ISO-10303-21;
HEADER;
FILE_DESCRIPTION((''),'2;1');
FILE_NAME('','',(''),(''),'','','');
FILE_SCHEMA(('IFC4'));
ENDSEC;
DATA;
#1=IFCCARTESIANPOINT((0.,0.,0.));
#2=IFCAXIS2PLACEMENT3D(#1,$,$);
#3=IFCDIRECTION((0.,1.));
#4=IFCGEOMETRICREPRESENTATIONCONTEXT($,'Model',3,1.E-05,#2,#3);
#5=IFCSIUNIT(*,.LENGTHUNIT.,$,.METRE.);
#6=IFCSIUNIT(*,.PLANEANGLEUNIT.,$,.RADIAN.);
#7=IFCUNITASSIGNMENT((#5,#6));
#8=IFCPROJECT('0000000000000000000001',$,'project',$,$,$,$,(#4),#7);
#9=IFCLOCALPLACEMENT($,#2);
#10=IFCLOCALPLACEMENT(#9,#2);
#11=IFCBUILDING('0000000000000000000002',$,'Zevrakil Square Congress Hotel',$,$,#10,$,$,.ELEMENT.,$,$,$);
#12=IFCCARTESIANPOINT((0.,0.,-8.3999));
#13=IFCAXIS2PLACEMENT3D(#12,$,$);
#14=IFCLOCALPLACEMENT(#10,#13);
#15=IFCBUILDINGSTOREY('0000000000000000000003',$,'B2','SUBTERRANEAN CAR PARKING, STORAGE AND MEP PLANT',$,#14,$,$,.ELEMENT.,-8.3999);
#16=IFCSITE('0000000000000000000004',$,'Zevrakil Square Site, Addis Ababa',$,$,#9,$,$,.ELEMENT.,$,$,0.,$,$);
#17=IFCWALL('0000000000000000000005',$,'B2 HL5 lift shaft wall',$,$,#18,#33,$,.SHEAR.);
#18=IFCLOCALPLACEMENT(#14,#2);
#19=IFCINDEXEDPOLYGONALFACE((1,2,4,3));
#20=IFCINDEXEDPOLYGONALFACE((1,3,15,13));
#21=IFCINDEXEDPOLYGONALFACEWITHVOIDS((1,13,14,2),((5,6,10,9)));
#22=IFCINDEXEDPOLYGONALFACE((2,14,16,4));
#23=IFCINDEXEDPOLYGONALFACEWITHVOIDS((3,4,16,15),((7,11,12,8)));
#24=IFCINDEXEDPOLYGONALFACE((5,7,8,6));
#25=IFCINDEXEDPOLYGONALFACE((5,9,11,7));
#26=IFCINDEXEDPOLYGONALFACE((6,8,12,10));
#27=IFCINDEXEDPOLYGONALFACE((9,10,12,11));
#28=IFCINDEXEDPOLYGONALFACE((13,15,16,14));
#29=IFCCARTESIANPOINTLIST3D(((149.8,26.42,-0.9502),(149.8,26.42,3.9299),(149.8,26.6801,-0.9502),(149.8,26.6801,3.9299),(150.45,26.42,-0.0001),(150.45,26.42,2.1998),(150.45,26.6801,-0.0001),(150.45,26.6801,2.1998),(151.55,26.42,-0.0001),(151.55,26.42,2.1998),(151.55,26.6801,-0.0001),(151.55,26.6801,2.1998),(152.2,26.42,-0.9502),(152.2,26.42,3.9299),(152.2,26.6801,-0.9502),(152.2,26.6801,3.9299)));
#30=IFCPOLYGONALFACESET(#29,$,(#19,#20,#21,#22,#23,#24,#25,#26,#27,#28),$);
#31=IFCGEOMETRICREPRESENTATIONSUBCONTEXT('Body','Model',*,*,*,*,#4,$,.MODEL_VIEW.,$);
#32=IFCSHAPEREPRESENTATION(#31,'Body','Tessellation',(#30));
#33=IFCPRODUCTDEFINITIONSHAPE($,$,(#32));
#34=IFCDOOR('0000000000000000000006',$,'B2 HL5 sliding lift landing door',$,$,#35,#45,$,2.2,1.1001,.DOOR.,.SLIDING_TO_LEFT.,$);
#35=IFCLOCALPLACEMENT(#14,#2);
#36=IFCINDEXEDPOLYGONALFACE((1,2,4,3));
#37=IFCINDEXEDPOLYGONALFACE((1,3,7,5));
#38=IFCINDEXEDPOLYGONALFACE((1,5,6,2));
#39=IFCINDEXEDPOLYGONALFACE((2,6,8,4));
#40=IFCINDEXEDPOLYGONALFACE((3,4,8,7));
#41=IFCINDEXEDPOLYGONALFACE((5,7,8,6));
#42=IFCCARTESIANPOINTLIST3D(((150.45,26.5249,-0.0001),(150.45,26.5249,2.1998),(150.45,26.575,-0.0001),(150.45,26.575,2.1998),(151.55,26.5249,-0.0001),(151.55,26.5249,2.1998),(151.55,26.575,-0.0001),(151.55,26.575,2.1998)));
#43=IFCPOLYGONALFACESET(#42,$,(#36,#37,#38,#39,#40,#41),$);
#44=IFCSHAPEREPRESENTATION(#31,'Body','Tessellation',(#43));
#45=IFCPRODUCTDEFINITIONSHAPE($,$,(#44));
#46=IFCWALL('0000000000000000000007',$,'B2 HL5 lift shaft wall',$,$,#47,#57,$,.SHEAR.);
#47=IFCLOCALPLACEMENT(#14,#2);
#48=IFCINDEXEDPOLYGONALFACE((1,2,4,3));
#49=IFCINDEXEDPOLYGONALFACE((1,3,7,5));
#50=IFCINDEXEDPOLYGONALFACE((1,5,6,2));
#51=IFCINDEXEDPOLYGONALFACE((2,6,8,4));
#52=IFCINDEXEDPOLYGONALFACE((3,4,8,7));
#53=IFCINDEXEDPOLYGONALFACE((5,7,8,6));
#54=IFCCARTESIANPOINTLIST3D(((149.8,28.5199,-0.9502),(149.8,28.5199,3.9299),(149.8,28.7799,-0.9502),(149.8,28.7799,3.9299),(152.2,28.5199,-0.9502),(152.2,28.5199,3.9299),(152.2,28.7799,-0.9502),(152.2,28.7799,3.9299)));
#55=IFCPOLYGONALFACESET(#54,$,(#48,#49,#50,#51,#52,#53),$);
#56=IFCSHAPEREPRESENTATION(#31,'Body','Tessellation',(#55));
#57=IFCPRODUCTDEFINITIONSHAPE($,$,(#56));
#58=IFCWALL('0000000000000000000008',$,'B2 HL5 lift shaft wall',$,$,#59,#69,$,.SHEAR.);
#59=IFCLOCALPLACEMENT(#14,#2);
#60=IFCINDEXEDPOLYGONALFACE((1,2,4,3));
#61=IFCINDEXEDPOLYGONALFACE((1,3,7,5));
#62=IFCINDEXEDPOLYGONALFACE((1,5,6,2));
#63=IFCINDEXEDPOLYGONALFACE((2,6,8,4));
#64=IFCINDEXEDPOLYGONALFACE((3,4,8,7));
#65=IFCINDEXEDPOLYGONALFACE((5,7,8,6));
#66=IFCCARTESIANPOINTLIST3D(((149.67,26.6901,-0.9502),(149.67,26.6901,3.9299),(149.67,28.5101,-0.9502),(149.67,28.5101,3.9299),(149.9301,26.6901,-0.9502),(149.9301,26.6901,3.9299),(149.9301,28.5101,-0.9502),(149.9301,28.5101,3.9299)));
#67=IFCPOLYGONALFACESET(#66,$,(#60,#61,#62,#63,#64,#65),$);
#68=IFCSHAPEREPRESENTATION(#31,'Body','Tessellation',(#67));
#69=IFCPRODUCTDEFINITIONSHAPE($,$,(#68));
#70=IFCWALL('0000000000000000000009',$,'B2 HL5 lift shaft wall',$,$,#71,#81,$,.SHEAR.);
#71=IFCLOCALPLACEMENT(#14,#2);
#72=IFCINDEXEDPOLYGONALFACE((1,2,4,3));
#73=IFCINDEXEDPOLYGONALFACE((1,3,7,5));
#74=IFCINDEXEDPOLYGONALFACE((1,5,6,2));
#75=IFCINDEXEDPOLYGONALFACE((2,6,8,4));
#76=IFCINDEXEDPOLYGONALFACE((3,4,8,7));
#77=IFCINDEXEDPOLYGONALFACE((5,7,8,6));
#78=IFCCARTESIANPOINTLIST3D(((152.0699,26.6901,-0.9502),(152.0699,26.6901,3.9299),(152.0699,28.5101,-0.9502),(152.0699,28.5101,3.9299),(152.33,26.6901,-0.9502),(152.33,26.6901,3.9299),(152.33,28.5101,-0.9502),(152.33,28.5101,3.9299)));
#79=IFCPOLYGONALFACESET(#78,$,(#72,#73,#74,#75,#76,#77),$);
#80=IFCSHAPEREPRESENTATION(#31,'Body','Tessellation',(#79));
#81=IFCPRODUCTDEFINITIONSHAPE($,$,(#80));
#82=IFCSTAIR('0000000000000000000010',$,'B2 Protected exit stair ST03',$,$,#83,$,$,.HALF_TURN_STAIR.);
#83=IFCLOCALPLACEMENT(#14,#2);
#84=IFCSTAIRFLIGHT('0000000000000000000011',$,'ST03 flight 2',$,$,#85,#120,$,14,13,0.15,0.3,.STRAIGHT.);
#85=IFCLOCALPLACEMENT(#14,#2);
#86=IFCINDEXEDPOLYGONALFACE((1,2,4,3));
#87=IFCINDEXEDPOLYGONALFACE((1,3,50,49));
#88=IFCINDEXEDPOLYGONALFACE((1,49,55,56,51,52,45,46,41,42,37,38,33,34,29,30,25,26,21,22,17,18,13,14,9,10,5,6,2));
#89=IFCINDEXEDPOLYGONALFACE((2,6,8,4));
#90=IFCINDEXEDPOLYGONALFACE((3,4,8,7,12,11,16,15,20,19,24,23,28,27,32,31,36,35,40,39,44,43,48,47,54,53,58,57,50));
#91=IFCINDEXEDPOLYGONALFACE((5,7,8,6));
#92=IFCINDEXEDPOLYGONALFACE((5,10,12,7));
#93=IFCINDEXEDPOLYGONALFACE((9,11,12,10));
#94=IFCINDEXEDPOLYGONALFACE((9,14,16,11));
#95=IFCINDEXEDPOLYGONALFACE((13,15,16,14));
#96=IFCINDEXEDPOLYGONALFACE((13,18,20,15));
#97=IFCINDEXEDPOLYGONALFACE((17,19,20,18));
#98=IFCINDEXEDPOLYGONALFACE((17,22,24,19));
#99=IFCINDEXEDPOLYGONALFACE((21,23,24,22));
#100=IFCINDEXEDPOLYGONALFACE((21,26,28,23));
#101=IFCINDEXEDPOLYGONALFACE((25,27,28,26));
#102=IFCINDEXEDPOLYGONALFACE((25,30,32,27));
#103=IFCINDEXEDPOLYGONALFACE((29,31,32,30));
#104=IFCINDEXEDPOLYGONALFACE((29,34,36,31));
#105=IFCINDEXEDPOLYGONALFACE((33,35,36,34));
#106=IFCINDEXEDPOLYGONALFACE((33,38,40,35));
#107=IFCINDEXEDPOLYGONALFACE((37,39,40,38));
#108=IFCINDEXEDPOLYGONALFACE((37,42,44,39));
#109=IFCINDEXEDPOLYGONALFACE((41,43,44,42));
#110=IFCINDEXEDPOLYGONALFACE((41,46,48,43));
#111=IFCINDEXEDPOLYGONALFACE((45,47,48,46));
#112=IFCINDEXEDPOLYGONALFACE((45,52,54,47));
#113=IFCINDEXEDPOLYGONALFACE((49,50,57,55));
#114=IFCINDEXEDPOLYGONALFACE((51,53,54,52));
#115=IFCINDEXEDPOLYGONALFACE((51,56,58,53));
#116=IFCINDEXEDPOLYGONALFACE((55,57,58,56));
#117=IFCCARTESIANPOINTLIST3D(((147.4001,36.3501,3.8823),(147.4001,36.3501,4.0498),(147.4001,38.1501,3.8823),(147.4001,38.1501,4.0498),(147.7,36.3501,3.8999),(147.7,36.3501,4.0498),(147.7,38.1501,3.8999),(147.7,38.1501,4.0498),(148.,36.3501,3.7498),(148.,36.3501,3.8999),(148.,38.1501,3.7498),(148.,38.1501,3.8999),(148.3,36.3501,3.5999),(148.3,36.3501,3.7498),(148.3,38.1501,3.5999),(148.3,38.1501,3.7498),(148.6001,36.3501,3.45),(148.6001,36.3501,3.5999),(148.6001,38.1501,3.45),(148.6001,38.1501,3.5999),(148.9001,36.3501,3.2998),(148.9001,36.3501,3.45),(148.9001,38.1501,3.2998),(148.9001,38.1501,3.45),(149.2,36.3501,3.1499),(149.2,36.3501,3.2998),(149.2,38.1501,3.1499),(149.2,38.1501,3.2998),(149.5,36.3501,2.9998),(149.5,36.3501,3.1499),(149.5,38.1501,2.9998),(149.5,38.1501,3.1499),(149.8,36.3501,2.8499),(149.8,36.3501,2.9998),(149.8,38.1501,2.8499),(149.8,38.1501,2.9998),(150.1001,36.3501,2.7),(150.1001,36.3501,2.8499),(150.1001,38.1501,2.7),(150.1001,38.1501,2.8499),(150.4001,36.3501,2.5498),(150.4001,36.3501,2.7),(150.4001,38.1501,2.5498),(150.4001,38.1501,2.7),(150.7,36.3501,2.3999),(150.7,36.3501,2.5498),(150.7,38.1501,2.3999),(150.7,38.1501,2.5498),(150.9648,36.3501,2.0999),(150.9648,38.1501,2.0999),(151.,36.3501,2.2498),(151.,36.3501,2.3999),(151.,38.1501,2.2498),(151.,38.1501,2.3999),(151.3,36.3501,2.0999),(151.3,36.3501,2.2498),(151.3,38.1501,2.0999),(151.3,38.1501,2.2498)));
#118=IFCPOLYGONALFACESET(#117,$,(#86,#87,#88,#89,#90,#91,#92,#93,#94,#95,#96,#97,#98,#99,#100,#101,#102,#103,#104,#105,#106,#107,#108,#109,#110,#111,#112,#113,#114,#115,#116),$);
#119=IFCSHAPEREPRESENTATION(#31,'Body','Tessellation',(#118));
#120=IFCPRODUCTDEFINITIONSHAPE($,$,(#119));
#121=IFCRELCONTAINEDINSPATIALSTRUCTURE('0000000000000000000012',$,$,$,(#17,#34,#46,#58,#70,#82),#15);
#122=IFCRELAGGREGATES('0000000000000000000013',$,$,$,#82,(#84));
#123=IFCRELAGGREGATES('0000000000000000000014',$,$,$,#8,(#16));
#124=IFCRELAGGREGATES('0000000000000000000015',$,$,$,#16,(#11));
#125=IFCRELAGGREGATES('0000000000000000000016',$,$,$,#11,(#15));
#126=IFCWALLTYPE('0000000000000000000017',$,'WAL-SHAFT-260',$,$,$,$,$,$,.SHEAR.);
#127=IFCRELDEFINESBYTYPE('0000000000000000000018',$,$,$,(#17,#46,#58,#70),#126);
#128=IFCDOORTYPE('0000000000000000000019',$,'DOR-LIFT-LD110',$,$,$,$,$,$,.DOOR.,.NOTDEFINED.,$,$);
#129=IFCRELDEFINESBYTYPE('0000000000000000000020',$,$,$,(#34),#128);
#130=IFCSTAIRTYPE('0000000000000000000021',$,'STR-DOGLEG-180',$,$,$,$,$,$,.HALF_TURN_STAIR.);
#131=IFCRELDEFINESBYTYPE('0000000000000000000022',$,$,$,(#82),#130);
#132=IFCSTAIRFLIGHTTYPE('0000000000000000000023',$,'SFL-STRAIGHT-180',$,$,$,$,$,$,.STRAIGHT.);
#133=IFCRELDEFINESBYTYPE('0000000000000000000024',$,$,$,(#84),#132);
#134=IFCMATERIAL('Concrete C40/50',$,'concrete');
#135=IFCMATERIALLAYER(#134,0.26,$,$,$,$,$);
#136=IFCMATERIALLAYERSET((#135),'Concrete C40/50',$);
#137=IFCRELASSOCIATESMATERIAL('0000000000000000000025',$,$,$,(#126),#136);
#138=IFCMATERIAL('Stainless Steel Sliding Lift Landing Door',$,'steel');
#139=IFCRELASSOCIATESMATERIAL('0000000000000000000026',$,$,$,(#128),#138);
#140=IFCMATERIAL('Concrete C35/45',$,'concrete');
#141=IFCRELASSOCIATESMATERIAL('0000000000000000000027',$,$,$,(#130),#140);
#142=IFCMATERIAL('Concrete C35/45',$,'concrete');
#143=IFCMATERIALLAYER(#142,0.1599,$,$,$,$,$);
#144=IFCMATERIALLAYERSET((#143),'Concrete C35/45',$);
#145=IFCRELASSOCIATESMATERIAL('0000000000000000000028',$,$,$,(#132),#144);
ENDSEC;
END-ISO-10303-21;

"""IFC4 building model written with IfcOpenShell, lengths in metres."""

from ifc_helpers import new_model, si_unit, direction, frame, frame_2d, origin, place, context, subcontext, project, spatial, polyline, rectangle, outline, extrude, material, layer, layer_set, type_object, element, fill, aggregate, save


model = new_model("IFC4")

# Units and contexts
model_context = context("Model", 3, precision=1e-05, world=origin(), true_north=direction((0.0, 1.0)))
body_context = subcontext(model_context, "Body", "Model", "MODEL_VIEW")
ifc_project = project(units=[si_unit("LENGTHUNIT", "METRE"), si_unit("PLANEANGLEUNIT", "RADIAN")], contexts=[model_context])

# Site, building, storey
site_placement = place(None, origin())
site = spatial("IfcSite", under=ifc_project, at=site_placement, Name="Zevrakil Square Site, Addis Ababa", CompositionType="ELEMENT", RefElevation=0.0)
building_placement = place(site_placement, origin())
building = spatial("IfcBuilding", under=site, at=building_placement, Name="Zevrakil Square Congress Hotel", CompositionType="ELEMENT")
storey_placement = place(building_placement, frame((0.0, 0.0, -8.3999)))
storey = spatial("IfcBuildingStorey", under=building, at=storey_placement, Name="B2", Description="SUBTERRANEAN CAR PARKING, STORAGE AND MEP PLANT", CompositionType="ELEMENT", Elevation=-8.3999)

# Shared definitions
ifc_material_1 = material(Name="Concrete C40/50", Category="concrete")
ifc_layer_1 = layer(ifc_material_1, 0.26)
ifc_layer_set_1 = layer_set([ifc_layer_1], Name="Concrete C40/50")
wall_type = type_object("IfcWallType", Name="WAL-SHAFT-260", PredefinedType="SHEAR", material=ifc_layer_set_1)

# Wall, opening, door
wall_1_placement = place(storey_placement, frame((149.8, 26.55, -0.9502), z_axis=(0.0, 0.0, 1.0), x_axis=(1.0, 0.0, 0.0)))
wall_1 = element("IfcWall", 1, at=wall_1_placement, inside=storey, type_object=wall_type, Name="B2 HL5 lift shaft wall", PredefinedType="SHEAR", context=body_context, shape_type="SweptSolid", body=[
    extrude(rectangle(XDim=2.3999, YDim=0.26, at=frame_2d((1.2, 0.0))), origin(), (0.0, 0.0, 1.0), 4.8801),
])
opening_placement = place(wall_1_placement, frame((0.6499, 0.0, 0.95)))
opening = element("IfcOpeningElement", 2, at=opening_placement, cuts=wall_1, PredefinedType="OPENING", context=body_context, shape_type="SweptSolid", body=[
    extrude(rectangle(XDim=1.1001, YDim=2.2, at=frame_2d((0.55, 1.1001))), frame((0.0, 0.1401, 0.0), z_axis=(0.0, -1.0, 0.0), x_axis=(1.0, 0.0, 0.0)), (0.0, 0.0, 1.0), 0.28),
])
ifc_material_2 = material(Name="Stainless Steel Sliding Lift Landing Door", Category="steel")
door_type = type_object("IfcDoorType", Name="DOR-LIFT-LD110", OperationType="NOTDEFINED", PredefinedType="DOOR", material=ifc_material_2)
door_placement = place(opening_placement, origin())
door = element("IfcDoor", 3, at=door_placement, inside=storey, type_object=door_type, Name="B2 HL5 sliding lift landing door", OperationType="SLIDING_TO_LEFT", OverallHeight=2.2, OverallWidth=1.1001, PredefinedType="DOOR", context=body_context, shape_type="SweptSolid", body=[
    extrude(rectangle(XDim=1.1001, YDim=2.2, at=frame_2d((0.55, 1.1001))), frame((0.0, 0.0249, 0.0), z_axis=(0.0, -1.0, 0.0), x_axis=(1.0, 0.0, 0.0)), (0.0, 0.0, 1.0), 0.05),
])
fill(opening, door)

# Walls
wall_2_placement = place(storey_placement, frame((149.8, 28.6499, -0.9502), z_axis=(0.0, 0.0, 1.0), x_axis=(1.0, 0.0, 0.0)))
element("IfcWall", 4, at=wall_2_placement, inside=storey, type_object=wall_type, Name="B2 HL5 lift shaft wall", PredefinedType="SHEAR", context=body_context, shape_type="SweptSolid", body=[
    extrude(rectangle(XDim=2.3999, YDim=0.26, at=frame_2d((1.2, 0.0))), origin(), (0.0, 0.0, 1.0), 4.8801),
])
for number, where, z_axis, x_axis, name in (
    (5, (149.8, 26.6899, -0.9502), (0.0, 0.0, 1.0), (0.0, 1.0, 0.0), "B2 HL5 lift shaft wall"),
    (6, (152.2, 26.6899, -0.9502), (0.0, 0.0, 1.0), (0.0, 1.0, 0.0), "B2 HL5 lift shaft wall"),
):
    element("IfcWall", number, at=place(storey_placement, frame(where, z_axis=z_axis, x_axis=x_axis)), inside=storey, type_object=wall_type, Name=name, PredefinedType="SHEAR", context=body_context, shape_type="SweptSolid", body=[
        extrude(rectangle(XDim=1.8201, YDim=0.26, at=frame_2d((0.9102, 0.0))), origin(), (0.0, 0.0, 1.0), 4.8801),
    ])

# Stair, stair flight
ifc_material_3 = material(Name="Concrete C35/45", Category="concrete")
stair_type = type_object("IfcStairType", Name="STR-DOGLEG-180", PredefinedType="HALF_TURN_STAIR", material=ifc_material_3)
stair_placement = place(storey_placement, origin())
stair = element("IfcStair", 7, at=stair_placement, inside=storey, type_object=stair_type, Name="B2 Protected exit stair ST03", PredefinedType="HALF_TURN_STAIR")
ifc_material_4 = material(Name="Concrete C35/45", Category="concrete")
ifc_layer_2 = layer(ifc_material_4, 0.1599)
ifc_layer_set_2 = layer_set([ifc_layer_2], Name="Concrete C35/45")
stair_flight_type = type_object("IfcStairFlightType", Name="SFL-STRAIGHT-180", PredefinedType="STRAIGHT", material=ifc_layer_set_2)
stair_flight_placement = place(storey_placement, frame((151.3, 37.25, 2.0999), z_axis=(0.0, 0.0, 1.0), x_axis=(-1.0, 0.0, 0.0)))
stair_flight = element("IfcStairFlight", 8, at=stair_flight_placement, type_object=stair_flight_type, Name="ST03 flight 2", NumberOfRisers=14, NumberOfTreads=13, PredefinedType="STRAIGHT", RiserHeight=0.15, TreadLength=0.3, context=body_context, shape_type="SweptSolid", body=[
    extrude(outline(polyline([(0.0, 0.0), (0.0, 0.1499), (0.3, 0.1499), (0.3, 0.3), (0.6001, 0.3), (0.6001, 0.45), (0.8999, 0.45), (0.8999, 0.6001), (1.2, 0.6001), (1.2, 0.75), (1.5, 0.75), (1.5, 0.8999), (1.8, 0.8999), (1.8, 1.05), (2.1001, 1.05), (2.1001, 1.2), (2.3999, 1.2), (2.3999, 1.3501), (2.7, 1.3501), (2.7, 1.5), (3.0, 1.5), (3.0, 1.6499), (3.3, 1.6499), (3.3, 1.8), (3.6001, 1.8), (3.6001, 1.95), (3.8999, 1.95), (3.8999, 2.1001), (3.8999, 1.7825), (0.3352, 0.0), (0.0, 0.0)])), frame((0.0, 0.8999, 0.0), z_axis=(0.0, -1.0, 0.0), x_axis=(1.0, 0.0, 0.0)), (0.0, 0.0, 1.0), 1.8),
])
aggregate(stair, [stair_flight])

save(model, "model.ifc")
